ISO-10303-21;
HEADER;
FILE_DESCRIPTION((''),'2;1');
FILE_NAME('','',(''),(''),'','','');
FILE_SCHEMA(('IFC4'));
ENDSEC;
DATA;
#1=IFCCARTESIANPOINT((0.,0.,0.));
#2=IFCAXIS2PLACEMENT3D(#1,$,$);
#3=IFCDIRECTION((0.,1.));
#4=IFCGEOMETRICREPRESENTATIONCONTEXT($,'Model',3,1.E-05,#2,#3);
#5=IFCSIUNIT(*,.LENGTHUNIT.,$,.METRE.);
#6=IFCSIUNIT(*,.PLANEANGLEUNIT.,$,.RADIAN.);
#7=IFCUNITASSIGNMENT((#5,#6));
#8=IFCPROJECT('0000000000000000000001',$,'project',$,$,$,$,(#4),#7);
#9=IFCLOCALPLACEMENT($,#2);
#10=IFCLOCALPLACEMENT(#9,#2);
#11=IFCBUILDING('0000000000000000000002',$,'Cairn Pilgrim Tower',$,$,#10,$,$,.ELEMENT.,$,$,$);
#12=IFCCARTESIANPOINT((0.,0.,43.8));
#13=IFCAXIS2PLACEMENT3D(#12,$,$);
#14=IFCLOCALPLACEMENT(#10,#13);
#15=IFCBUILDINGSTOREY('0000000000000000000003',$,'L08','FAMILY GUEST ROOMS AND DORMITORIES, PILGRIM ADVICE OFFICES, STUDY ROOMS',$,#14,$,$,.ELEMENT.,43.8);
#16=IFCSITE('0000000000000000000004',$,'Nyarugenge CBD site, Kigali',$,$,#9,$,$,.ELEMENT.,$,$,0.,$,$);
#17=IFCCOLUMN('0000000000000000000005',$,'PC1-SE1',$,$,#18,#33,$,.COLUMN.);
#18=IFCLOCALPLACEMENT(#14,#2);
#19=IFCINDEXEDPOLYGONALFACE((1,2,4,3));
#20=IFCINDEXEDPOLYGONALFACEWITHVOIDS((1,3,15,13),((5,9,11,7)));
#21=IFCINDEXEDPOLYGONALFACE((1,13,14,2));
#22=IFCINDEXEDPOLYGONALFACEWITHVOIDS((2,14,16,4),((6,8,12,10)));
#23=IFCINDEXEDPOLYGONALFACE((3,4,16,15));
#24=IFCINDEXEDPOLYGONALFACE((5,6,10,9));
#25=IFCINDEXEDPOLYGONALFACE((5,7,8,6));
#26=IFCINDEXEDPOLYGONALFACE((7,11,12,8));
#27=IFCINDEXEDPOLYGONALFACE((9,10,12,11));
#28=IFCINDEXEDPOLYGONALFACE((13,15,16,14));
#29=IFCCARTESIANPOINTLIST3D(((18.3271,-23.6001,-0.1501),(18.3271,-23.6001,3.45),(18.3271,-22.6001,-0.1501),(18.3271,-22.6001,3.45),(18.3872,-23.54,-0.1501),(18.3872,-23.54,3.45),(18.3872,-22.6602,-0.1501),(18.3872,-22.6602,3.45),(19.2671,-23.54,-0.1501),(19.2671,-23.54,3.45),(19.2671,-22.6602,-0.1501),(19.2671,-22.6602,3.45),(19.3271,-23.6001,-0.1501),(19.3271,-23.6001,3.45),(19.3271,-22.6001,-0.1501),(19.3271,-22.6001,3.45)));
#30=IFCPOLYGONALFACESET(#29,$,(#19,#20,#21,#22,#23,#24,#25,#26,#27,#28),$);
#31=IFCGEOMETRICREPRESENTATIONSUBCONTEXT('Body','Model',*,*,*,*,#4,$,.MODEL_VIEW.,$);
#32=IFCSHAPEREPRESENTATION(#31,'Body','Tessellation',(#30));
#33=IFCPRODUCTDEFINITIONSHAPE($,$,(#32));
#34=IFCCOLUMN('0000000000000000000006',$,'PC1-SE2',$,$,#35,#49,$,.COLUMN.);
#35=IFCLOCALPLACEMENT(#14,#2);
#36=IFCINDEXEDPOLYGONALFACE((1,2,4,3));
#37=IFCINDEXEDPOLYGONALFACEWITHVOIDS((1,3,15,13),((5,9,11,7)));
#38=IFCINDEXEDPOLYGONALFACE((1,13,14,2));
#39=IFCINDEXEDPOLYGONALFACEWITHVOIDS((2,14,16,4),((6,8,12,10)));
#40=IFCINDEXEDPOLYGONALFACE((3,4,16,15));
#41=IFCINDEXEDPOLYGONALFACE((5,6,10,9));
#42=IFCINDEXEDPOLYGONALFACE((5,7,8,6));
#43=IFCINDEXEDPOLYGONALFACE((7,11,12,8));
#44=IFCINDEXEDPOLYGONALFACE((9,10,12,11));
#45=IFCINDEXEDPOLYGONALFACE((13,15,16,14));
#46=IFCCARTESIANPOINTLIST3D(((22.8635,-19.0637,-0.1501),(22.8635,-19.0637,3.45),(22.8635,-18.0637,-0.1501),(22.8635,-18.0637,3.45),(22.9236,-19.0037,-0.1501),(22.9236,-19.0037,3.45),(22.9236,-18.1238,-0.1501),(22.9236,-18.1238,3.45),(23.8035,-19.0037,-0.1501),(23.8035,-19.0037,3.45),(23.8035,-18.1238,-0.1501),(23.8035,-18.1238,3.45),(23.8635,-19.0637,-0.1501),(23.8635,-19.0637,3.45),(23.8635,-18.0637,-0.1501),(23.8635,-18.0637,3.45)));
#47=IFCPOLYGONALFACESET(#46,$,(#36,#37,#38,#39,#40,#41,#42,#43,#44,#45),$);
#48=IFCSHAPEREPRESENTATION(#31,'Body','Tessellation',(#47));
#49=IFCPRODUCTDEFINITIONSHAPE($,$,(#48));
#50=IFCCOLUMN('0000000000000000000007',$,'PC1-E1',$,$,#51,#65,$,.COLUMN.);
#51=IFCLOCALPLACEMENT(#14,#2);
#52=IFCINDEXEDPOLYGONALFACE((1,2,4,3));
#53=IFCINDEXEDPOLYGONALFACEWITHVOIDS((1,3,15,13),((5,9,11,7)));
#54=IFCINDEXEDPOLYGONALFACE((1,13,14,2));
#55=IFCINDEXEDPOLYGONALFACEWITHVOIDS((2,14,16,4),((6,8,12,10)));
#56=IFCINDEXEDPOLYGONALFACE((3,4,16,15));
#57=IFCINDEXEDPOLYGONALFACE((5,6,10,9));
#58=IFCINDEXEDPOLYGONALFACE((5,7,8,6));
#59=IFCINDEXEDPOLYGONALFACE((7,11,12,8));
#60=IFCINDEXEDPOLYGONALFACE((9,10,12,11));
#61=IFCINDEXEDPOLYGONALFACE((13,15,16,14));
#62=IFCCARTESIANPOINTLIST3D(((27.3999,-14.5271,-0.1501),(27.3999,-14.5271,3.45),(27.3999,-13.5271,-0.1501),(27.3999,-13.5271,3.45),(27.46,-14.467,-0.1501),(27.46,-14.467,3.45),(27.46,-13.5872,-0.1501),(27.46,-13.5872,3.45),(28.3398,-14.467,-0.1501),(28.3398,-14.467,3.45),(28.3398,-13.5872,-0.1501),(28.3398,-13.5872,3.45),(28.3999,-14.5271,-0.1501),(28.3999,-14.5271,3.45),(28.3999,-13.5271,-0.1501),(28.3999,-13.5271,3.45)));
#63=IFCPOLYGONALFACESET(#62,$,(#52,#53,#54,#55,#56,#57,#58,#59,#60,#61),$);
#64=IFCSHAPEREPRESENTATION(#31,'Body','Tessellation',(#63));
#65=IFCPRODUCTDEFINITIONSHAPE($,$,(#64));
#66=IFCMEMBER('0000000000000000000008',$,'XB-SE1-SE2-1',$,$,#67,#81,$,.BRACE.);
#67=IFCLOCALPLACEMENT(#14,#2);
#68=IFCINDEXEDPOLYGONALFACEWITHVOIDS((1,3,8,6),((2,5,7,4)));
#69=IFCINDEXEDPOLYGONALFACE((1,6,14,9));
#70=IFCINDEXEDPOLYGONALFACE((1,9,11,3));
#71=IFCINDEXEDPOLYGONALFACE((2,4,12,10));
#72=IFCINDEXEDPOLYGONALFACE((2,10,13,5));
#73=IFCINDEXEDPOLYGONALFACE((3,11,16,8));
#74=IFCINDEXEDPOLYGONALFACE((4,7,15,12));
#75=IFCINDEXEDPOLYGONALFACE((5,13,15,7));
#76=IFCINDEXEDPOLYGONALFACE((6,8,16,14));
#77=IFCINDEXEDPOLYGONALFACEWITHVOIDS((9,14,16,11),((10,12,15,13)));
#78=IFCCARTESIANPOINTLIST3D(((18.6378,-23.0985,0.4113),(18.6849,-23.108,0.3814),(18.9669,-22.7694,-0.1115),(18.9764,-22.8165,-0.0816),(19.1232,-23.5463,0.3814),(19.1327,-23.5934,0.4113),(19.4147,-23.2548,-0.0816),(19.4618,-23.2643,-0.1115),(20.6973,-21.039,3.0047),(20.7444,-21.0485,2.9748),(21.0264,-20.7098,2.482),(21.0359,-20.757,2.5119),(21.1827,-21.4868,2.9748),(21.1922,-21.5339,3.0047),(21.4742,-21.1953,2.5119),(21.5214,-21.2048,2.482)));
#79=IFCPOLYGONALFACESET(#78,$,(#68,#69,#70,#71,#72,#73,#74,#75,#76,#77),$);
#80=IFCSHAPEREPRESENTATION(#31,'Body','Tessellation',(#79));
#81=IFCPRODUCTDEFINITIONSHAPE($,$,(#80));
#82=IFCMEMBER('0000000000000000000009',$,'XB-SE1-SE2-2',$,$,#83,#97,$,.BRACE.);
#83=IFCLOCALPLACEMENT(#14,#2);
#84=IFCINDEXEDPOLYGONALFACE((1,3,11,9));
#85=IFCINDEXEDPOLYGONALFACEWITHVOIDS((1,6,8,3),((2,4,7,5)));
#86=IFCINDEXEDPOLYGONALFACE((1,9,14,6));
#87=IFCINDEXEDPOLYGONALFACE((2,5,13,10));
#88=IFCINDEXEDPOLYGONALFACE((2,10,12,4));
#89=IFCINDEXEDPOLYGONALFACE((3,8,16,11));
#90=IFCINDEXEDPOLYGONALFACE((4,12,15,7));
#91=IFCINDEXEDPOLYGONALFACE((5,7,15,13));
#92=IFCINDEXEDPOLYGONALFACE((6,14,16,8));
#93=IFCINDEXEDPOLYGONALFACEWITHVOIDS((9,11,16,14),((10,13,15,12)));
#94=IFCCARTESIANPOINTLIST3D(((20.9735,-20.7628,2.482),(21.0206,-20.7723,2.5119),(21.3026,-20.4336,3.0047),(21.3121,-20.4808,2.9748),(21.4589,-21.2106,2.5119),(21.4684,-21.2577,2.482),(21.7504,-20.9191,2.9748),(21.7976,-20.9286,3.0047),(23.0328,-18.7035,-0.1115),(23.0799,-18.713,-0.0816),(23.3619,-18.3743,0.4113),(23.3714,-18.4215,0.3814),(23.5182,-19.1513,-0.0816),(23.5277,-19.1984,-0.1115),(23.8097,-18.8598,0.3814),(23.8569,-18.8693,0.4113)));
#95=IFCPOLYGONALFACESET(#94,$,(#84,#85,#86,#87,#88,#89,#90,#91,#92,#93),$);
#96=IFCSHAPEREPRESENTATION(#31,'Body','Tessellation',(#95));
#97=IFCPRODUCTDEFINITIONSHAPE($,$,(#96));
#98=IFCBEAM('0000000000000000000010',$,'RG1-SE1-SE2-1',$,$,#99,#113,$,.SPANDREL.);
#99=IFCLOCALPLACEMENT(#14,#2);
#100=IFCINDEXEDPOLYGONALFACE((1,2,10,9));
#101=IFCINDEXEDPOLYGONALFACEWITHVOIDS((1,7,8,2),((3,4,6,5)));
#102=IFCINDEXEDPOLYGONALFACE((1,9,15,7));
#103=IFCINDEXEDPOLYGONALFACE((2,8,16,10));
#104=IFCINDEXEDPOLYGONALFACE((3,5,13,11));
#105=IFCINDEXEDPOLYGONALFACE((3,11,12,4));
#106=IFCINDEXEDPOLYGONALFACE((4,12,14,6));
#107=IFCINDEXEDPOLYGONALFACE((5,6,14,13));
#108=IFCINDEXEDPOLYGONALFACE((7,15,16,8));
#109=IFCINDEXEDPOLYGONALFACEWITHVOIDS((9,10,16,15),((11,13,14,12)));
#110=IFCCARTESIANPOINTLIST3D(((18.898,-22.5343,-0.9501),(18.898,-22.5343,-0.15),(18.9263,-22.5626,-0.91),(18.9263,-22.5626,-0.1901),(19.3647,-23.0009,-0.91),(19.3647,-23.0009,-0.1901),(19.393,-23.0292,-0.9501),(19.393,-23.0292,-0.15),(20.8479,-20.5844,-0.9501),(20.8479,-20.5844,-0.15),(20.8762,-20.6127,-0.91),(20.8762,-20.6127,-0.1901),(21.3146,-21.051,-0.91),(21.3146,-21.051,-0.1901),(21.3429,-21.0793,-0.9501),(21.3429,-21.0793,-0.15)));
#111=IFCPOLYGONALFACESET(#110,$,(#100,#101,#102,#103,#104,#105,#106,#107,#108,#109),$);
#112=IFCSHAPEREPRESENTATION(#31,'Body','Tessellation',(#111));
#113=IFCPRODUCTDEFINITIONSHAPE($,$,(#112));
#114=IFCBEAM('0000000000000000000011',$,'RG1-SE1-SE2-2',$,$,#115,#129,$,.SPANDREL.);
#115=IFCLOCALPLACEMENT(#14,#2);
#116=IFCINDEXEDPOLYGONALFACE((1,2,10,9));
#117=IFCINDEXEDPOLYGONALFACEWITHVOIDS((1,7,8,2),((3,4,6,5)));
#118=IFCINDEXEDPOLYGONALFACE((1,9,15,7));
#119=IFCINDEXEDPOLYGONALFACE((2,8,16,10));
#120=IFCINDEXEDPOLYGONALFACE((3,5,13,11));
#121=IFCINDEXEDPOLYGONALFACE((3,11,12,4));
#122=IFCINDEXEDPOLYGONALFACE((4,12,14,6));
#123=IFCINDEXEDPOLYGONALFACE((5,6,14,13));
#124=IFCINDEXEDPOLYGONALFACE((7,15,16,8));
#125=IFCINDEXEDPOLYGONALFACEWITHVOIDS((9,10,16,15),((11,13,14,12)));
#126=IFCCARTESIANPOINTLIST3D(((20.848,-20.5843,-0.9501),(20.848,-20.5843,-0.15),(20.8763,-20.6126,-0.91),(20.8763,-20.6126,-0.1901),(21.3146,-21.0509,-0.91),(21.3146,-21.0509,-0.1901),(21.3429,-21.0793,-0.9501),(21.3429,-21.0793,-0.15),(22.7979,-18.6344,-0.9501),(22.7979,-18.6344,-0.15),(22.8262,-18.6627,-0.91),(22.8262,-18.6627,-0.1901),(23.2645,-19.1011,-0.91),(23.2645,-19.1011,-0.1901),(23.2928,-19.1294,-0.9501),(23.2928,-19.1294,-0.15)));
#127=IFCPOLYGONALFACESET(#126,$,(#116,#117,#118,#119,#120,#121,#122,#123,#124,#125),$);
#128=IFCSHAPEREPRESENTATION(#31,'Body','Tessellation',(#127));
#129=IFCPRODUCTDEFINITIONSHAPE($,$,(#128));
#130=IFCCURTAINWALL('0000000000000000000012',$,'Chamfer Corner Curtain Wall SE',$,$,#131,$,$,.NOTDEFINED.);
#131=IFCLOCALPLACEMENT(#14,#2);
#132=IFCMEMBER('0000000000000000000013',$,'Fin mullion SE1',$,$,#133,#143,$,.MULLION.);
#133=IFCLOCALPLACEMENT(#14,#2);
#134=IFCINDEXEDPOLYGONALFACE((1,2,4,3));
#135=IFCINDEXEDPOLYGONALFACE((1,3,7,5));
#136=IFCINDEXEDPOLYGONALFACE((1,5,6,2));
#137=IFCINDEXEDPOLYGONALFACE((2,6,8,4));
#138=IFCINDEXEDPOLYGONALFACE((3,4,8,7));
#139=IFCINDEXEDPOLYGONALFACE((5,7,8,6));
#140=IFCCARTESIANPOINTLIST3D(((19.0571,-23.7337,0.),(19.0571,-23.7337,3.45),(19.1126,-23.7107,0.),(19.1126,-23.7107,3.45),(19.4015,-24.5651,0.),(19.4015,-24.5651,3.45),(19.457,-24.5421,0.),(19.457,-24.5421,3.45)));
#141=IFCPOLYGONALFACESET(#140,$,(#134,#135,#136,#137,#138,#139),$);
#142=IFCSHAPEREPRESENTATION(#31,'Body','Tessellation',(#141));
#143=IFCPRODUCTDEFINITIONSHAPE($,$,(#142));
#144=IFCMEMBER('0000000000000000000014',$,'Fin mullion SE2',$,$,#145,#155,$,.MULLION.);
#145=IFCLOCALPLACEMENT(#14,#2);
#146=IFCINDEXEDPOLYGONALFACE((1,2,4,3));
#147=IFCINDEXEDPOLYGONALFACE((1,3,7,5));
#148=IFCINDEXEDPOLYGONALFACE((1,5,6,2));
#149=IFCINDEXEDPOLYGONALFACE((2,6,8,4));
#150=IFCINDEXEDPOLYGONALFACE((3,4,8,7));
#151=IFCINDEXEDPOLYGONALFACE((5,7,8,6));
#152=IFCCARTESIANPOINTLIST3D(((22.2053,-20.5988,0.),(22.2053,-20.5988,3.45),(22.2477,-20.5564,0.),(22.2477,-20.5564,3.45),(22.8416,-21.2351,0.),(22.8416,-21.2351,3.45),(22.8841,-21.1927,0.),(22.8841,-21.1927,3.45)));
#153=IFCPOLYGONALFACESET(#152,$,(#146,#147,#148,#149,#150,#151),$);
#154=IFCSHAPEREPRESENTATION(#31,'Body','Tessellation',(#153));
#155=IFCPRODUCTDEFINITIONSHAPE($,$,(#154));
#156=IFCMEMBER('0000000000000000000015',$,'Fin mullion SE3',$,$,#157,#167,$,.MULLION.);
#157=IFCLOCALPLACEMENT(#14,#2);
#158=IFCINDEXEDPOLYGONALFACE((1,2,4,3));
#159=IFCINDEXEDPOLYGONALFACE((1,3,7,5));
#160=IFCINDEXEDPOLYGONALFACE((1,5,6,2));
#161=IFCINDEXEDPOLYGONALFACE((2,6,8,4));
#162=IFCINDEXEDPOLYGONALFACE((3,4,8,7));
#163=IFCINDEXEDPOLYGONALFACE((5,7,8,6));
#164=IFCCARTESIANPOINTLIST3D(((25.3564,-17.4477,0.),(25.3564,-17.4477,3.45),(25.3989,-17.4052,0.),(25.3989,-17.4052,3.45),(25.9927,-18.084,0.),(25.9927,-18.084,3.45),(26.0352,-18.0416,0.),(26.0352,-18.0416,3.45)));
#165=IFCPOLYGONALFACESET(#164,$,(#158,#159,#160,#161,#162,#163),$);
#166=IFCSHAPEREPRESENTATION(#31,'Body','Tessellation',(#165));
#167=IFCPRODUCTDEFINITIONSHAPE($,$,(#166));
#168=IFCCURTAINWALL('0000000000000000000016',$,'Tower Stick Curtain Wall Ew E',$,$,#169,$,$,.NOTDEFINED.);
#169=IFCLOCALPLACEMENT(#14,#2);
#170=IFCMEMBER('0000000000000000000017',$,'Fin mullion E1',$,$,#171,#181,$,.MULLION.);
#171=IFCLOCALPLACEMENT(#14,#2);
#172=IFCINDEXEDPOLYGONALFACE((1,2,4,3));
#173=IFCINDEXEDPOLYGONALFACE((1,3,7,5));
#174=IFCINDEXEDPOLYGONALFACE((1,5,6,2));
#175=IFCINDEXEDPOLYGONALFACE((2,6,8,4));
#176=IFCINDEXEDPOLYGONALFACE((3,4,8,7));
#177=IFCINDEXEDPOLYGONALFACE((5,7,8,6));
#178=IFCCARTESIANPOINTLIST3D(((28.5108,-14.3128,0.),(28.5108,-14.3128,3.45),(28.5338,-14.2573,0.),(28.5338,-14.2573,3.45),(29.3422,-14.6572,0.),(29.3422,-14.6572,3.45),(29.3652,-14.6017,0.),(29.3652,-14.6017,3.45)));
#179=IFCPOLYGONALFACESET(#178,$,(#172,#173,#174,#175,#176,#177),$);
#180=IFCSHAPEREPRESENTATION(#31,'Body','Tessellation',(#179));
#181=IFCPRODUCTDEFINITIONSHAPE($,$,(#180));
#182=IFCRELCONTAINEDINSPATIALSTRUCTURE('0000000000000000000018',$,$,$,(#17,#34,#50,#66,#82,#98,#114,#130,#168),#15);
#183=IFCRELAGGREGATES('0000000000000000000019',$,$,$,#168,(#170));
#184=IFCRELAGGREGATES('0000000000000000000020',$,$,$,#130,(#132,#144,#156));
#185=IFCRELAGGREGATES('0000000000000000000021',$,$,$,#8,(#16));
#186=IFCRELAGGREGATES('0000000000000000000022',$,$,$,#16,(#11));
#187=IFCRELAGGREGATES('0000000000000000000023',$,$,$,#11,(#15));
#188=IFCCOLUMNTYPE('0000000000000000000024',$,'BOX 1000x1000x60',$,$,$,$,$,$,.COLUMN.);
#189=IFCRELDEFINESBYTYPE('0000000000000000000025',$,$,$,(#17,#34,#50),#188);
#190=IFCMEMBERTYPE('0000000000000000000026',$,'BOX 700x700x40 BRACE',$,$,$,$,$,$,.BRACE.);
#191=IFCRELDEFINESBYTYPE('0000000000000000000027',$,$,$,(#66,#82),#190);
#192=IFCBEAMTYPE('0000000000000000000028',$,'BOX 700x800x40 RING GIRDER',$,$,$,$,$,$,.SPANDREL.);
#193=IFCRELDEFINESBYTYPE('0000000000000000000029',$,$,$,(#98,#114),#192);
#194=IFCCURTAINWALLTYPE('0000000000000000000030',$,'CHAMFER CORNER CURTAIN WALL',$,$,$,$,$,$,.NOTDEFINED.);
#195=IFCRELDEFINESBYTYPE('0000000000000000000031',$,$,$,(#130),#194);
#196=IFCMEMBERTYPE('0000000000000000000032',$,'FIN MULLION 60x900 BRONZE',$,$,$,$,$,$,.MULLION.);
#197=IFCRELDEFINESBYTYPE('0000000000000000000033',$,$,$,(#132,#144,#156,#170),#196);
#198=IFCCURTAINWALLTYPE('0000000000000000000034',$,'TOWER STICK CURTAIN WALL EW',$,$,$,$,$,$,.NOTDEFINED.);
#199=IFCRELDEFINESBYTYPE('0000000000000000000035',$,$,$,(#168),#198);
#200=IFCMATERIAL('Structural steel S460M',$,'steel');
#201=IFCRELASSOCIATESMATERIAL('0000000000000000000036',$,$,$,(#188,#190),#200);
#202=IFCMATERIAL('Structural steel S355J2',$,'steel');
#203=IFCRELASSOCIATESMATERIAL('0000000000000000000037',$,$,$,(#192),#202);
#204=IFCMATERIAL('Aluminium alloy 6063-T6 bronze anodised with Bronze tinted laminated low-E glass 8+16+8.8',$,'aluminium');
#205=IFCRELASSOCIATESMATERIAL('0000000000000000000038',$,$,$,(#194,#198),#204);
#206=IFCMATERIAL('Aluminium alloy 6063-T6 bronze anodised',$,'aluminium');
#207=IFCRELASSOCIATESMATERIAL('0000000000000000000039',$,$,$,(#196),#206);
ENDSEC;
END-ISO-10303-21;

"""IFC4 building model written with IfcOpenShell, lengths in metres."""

from ifc_helpers import new_model, si_unit, direction, frame, origin, origin_2d, place, context, subcontext, project, spatial, rectangle, hollow_rectangle, extrude, material, material_profile, profile_set, type_object, element, aggregate, save


model = new_model("IFC4")

# Units and contexts
model_context = context("Model", 3, precision=1e-05, world=origin(), true_north=direction((0.0, 1.0)))
body_context = subcontext(model_context, "Body", "Model", "MODEL_VIEW")
ifc_project = project(units=[si_unit("LENGTHUNIT", "METRE"), si_unit("PLANEANGLEUNIT", "RADIAN")], contexts=[model_context])

# Site, building, storey
site_placement = place(None, origin())
site = spatial("IfcSite", under=ifc_project, at=site_placement, Name="Nyarugenge CBD site, Kigali", CompositionType="ELEMENT", RefElevation=0.0)
building_placement = place(site_placement, origin())
building = spatial("IfcBuilding", under=site, at=building_placement, Name="Cairn Pilgrim Tower", CompositionType="ELEMENT")
storey_placement = place(building_placement, frame((0.0, 0.0, 43.8)))
storey = spatial("IfcBuildingStorey", under=building, at=storey_placement, Name="L08", Description="FAMILY GUEST ROOMS AND DORMITORIES, PILGRIM ADVICE OFFICES, STUDY ROOMS", CompositionType="ELEMENT", Elevation=43.8)

# Columns
ifc_material_1 = material(Name="Structural steel S460M", Category="steel")
ifc_material_profile_1 = material_profile(ifc_material_1, hollow_rectangle(XDim=1.0, YDim=1.0, WallThickness=0.0601, at=origin_2d()), Name="BOX 1000x1000x60")
ifc_profile_set_1 = profile_set([ifc_material_profile_1], Name="Structural steel S460M")
column_type = type_object("IfcColumnType", Name="BOX 1000x1000x60", PredefinedType="COLUMN", material=ifc_profile_set_1)
for number, where, z_axis, x_axis, name in (
    (1, (18.8271, -23.1001, -0.1501), (0.0, 0.0, 1.0), (1.0, 0.0, 0.0), "PC1-SE1"),
    (2, (23.3635, -18.5637, -0.1501), (0.0, 0.0, 1.0), (1.0, 0.0, 0.0), "PC1-SE2"),
    (3, (27.8999, -14.0271, -0.1501), (0.0, 0.0, 1.0), (1.0, 0.0, 0.0), "PC1-E1"),
):
    element("IfcColumn", number, at=place(storey_placement, frame(where, z_axis=z_axis, x_axis=x_axis)), inside=storey, type_object=column_type, Name=name, PredefinedType="COLUMN", context=body_context, shape_type="SweptSolid", body=[
        extrude(hollow_rectangle(XDim=1.0, YDim=1.0, WallThickness=0.0601, at=origin_2d()), origin(), (0.0, 0.0, 1.0), 3.6001),
    ])

# Members
ifc_material_profile_2 = material_profile(ifc_material_1, hollow_rectangle(XDim=0.7, YDim=0.7, WallThickness=0.04, at=origin_2d()), Name="BOX 700x700x40")
ifc_profile_set_2 = profile_set([ifc_material_profile_2], Name="Structural steel S460M")
member_type_1 = type_object("IfcMemberType", Name="BOX 700x700x40 BRACE", PredefinedType="BRACE", material=ifc_profile_set_2)
member_1_placement = place(storey_placement, frame((19.0498, -23.1814, 0.1499), z_axis=(0.528096, 0.528096, 0.665003), x_axis=(-0.707107, 0.707107, 0.0)))
element("IfcMember", 4, at=member_1_placement, inside=storey, type_object=member_type_1, Name="XB-SE1-SE2-1", PredefinedType="BRACE", context=body_context, shape_type="SweptSolid", body=[
    extrude(hollow_rectangle(XDim=0.7, YDim=0.7, WallThickness=0.04, at=origin_2d()), origin(), (0.0, 0.0, 1.0), 3.8999),
])
member_2_placement = place(storey_placement, frame((23.4448, -18.7864, 0.1499), z_axis=(-0.528068, -0.528068, 0.665047), x_axis=(0.707107, -0.707107, 0.0)))
element("IfcMember", 5, at=member_2_placement, inside=storey, type_object=member_type_1, Name="XB-SE1-SE2-2", PredefinedType="BRACE", context=body_context, shape_type="SweptSolid", body=[
    extrude(hollow_rectangle(XDim=0.7, YDim=0.7, WallThickness=0.04, at=origin_2d()), origin(), (0.0, 0.0, 1.0), 3.8997),
])

# Beams
ifc_material_2 = material(Name="Structural steel S355J2", Category="steel")
ifc_material_profile_3 = material_profile(ifc_material_2, hollow_rectangle(XDim=0.7, YDim=0.8, WallThickness=0.04, at=origin_2d()), Name="BOX 700x800x40")
ifc_profile_set_3 = profile_set([ifc_material_profile_3], Name="Structural steel S355J2")
beam_type_1 = type_object("IfcBeamType", Name="BOX 700x800x40 RING GIRDER", PredefinedType="SPANDREL", material=ifc_profile_set_3)
for number, where, z_axis, x_axis, name in (
    (6, (19.1455, -22.7817, -0.55), (0.707107, 0.707107, 0.0), (-0.707107, 0.707107, 0.0), "RG1-SE1-SE2-1"),
    (7, (21.0955, -20.8318, -0.55), (0.707107, 0.707107, 0.0), (-0.707107, 0.707107, 0.0), "RG1-SE1-SE2-2"),
):
    element("IfcBeam", number, at=place(storey_placement, frame(where, z_axis=z_axis, x_axis=x_axis)), inside=storey, type_object=beam_type_1, Name=name, PredefinedType="SPANDREL", context=body_context, shape_type="SweptSolid", body=[
        extrude(hollow_rectangle(XDim=0.7, YDim=0.8, WallThickness=0.04, at=origin_2d()), origin(), (0.0, 0.0, 1.0), 2.7576),
    ])

# Curtain wall, members
ifc_material_3 = material(Name="Aluminium alloy 6063-T6 bronze anodised with Bronze tinted laminated low-E glass 8+16+8.8", Category="aluminium")
curtain_wall_type_1 = type_object("IfcCurtainWallType", Name="CHAMFER CORNER CURTAIN WALL", PredefinedType="NOTDEFINED", material=ifc_material_3)
curtain_wall_1_placement = place(storey_placement, origin())
curtain_wall_1 = element("IfcCurtainWall", 8, at=curtain_wall_1_placement, inside=storey, type_object=curtain_wall_type_1, Name="Chamfer Corner Curtain Wall SE", PredefinedType="NOTDEFINED")
ifc_material_4 = material(Name="Aluminium alloy 6063-T6 bronze anodised", Category="aluminium")
ifc_material_profile_4 = material_profile(ifc_material_4, rectangle(XDim=0.8999, YDim=0.0601, at=origin_2d()), Name="FIN MULLION 60x900 BRONZE")
ifc_profile_set_4 = profile_set([ifc_material_profile_4], Name="Aluminium alloy 6063-T6 bronze anodised")
member_type_2 = type_object("IfcMemberType", Name="FIN MULLION 60x900 BRONZE", PredefinedType="MULLION", material=ifc_profile_set_4)
member_3_placement = place(storey_placement, frame((19.2571, -24.1379, 0.0), z_axis=(0.0, 0.0, 1.0), x_axis=(0.382683, -0.92388, 0.0)))
member_3 = element("IfcMember", 9, at=member_3_placement, type_object=member_type_2, Name="Fin mullion SE1", PredefinedType="MULLION", context=body_context, shape_type="SweptSolid", body=[
    extrude(rectangle(XDim=0.8999, YDim=0.0601, at=origin_2d()), origin(), (0.0, 0.0, 1.0), 3.45),
])
member_4_placement = place(storey_placement, frame((22.5447, -20.8958, 0.0), z_axis=(0.0, 0.0, 1.0), x_axis=(0.707107, -0.707107, 0.0)))
member_4 = element("IfcMember", 10, at=member_4_placement, type_object=member_type_2, Name="Fin mullion SE2", PredefinedType="MULLION", context=body_context, shape_type="SweptSolid", body=[
    extrude(rectangle(XDim=0.8999, YDim=0.0601, at=origin_2d()), origin(), (0.0, 0.0, 1.0), 3.45),
])
member_5_placement = place(storey_placement, frame((25.6958, -17.7446, 0.0), z_axis=(0.0, 0.0, 1.0), x_axis=(0.707107, -0.707107, 0.0)))
member_5 = element("IfcMember", 11, at=member_5_placement, type_object=member_type_2, Name="Fin mullion SE3", PredefinedType="MULLION", context=body_context, shape_type="SweptSolid", body=[
    extrude(rectangle(XDim=0.8999, YDim=0.0601, at=origin_2d()), origin(), (0.0, 0.0, 1.0), 3.45),
])

# Curtain wall, member
curtain_wall_type_2 = type_object("IfcCurtainWallType", Name="TOWER STICK CURTAIN WALL EW", PredefinedType="NOTDEFINED", material=ifc_material_3)
curtain_wall_2_placement = place(storey_placement, origin())
curtain_wall_2 = element("IfcCurtainWall", 12, at=curtain_wall_2_placement, inside=storey, type_object=curtain_wall_type_2, Name="Tower Stick Curtain Wall Ew E", PredefinedType="NOTDEFINED")
member_6_placement = place(storey_placement, frame((28.938, -14.4573, 0.0), z_axis=(0.0, 0.0, 1.0), x_axis=(0.92388, -0.382683, 0.0)))
member_6 = element("IfcMember", 13, at=member_6_placement, type_object=member_type_2, Name="Fin mullion E1", PredefinedType="MULLION", context=body_context, shape_type="SweptSolid", body=[
    extrude(rectangle(XDim=0.8999, YDim=0.0601, at=origin_2d()), origin(), (0.0, 0.0, 1.0), 3.45),
])

aggregate(curtain_wall_2, [member_6])

aggregate(curtain_wall_1, [member_3, member_4, member_5])

save(model, "model.ifc")
